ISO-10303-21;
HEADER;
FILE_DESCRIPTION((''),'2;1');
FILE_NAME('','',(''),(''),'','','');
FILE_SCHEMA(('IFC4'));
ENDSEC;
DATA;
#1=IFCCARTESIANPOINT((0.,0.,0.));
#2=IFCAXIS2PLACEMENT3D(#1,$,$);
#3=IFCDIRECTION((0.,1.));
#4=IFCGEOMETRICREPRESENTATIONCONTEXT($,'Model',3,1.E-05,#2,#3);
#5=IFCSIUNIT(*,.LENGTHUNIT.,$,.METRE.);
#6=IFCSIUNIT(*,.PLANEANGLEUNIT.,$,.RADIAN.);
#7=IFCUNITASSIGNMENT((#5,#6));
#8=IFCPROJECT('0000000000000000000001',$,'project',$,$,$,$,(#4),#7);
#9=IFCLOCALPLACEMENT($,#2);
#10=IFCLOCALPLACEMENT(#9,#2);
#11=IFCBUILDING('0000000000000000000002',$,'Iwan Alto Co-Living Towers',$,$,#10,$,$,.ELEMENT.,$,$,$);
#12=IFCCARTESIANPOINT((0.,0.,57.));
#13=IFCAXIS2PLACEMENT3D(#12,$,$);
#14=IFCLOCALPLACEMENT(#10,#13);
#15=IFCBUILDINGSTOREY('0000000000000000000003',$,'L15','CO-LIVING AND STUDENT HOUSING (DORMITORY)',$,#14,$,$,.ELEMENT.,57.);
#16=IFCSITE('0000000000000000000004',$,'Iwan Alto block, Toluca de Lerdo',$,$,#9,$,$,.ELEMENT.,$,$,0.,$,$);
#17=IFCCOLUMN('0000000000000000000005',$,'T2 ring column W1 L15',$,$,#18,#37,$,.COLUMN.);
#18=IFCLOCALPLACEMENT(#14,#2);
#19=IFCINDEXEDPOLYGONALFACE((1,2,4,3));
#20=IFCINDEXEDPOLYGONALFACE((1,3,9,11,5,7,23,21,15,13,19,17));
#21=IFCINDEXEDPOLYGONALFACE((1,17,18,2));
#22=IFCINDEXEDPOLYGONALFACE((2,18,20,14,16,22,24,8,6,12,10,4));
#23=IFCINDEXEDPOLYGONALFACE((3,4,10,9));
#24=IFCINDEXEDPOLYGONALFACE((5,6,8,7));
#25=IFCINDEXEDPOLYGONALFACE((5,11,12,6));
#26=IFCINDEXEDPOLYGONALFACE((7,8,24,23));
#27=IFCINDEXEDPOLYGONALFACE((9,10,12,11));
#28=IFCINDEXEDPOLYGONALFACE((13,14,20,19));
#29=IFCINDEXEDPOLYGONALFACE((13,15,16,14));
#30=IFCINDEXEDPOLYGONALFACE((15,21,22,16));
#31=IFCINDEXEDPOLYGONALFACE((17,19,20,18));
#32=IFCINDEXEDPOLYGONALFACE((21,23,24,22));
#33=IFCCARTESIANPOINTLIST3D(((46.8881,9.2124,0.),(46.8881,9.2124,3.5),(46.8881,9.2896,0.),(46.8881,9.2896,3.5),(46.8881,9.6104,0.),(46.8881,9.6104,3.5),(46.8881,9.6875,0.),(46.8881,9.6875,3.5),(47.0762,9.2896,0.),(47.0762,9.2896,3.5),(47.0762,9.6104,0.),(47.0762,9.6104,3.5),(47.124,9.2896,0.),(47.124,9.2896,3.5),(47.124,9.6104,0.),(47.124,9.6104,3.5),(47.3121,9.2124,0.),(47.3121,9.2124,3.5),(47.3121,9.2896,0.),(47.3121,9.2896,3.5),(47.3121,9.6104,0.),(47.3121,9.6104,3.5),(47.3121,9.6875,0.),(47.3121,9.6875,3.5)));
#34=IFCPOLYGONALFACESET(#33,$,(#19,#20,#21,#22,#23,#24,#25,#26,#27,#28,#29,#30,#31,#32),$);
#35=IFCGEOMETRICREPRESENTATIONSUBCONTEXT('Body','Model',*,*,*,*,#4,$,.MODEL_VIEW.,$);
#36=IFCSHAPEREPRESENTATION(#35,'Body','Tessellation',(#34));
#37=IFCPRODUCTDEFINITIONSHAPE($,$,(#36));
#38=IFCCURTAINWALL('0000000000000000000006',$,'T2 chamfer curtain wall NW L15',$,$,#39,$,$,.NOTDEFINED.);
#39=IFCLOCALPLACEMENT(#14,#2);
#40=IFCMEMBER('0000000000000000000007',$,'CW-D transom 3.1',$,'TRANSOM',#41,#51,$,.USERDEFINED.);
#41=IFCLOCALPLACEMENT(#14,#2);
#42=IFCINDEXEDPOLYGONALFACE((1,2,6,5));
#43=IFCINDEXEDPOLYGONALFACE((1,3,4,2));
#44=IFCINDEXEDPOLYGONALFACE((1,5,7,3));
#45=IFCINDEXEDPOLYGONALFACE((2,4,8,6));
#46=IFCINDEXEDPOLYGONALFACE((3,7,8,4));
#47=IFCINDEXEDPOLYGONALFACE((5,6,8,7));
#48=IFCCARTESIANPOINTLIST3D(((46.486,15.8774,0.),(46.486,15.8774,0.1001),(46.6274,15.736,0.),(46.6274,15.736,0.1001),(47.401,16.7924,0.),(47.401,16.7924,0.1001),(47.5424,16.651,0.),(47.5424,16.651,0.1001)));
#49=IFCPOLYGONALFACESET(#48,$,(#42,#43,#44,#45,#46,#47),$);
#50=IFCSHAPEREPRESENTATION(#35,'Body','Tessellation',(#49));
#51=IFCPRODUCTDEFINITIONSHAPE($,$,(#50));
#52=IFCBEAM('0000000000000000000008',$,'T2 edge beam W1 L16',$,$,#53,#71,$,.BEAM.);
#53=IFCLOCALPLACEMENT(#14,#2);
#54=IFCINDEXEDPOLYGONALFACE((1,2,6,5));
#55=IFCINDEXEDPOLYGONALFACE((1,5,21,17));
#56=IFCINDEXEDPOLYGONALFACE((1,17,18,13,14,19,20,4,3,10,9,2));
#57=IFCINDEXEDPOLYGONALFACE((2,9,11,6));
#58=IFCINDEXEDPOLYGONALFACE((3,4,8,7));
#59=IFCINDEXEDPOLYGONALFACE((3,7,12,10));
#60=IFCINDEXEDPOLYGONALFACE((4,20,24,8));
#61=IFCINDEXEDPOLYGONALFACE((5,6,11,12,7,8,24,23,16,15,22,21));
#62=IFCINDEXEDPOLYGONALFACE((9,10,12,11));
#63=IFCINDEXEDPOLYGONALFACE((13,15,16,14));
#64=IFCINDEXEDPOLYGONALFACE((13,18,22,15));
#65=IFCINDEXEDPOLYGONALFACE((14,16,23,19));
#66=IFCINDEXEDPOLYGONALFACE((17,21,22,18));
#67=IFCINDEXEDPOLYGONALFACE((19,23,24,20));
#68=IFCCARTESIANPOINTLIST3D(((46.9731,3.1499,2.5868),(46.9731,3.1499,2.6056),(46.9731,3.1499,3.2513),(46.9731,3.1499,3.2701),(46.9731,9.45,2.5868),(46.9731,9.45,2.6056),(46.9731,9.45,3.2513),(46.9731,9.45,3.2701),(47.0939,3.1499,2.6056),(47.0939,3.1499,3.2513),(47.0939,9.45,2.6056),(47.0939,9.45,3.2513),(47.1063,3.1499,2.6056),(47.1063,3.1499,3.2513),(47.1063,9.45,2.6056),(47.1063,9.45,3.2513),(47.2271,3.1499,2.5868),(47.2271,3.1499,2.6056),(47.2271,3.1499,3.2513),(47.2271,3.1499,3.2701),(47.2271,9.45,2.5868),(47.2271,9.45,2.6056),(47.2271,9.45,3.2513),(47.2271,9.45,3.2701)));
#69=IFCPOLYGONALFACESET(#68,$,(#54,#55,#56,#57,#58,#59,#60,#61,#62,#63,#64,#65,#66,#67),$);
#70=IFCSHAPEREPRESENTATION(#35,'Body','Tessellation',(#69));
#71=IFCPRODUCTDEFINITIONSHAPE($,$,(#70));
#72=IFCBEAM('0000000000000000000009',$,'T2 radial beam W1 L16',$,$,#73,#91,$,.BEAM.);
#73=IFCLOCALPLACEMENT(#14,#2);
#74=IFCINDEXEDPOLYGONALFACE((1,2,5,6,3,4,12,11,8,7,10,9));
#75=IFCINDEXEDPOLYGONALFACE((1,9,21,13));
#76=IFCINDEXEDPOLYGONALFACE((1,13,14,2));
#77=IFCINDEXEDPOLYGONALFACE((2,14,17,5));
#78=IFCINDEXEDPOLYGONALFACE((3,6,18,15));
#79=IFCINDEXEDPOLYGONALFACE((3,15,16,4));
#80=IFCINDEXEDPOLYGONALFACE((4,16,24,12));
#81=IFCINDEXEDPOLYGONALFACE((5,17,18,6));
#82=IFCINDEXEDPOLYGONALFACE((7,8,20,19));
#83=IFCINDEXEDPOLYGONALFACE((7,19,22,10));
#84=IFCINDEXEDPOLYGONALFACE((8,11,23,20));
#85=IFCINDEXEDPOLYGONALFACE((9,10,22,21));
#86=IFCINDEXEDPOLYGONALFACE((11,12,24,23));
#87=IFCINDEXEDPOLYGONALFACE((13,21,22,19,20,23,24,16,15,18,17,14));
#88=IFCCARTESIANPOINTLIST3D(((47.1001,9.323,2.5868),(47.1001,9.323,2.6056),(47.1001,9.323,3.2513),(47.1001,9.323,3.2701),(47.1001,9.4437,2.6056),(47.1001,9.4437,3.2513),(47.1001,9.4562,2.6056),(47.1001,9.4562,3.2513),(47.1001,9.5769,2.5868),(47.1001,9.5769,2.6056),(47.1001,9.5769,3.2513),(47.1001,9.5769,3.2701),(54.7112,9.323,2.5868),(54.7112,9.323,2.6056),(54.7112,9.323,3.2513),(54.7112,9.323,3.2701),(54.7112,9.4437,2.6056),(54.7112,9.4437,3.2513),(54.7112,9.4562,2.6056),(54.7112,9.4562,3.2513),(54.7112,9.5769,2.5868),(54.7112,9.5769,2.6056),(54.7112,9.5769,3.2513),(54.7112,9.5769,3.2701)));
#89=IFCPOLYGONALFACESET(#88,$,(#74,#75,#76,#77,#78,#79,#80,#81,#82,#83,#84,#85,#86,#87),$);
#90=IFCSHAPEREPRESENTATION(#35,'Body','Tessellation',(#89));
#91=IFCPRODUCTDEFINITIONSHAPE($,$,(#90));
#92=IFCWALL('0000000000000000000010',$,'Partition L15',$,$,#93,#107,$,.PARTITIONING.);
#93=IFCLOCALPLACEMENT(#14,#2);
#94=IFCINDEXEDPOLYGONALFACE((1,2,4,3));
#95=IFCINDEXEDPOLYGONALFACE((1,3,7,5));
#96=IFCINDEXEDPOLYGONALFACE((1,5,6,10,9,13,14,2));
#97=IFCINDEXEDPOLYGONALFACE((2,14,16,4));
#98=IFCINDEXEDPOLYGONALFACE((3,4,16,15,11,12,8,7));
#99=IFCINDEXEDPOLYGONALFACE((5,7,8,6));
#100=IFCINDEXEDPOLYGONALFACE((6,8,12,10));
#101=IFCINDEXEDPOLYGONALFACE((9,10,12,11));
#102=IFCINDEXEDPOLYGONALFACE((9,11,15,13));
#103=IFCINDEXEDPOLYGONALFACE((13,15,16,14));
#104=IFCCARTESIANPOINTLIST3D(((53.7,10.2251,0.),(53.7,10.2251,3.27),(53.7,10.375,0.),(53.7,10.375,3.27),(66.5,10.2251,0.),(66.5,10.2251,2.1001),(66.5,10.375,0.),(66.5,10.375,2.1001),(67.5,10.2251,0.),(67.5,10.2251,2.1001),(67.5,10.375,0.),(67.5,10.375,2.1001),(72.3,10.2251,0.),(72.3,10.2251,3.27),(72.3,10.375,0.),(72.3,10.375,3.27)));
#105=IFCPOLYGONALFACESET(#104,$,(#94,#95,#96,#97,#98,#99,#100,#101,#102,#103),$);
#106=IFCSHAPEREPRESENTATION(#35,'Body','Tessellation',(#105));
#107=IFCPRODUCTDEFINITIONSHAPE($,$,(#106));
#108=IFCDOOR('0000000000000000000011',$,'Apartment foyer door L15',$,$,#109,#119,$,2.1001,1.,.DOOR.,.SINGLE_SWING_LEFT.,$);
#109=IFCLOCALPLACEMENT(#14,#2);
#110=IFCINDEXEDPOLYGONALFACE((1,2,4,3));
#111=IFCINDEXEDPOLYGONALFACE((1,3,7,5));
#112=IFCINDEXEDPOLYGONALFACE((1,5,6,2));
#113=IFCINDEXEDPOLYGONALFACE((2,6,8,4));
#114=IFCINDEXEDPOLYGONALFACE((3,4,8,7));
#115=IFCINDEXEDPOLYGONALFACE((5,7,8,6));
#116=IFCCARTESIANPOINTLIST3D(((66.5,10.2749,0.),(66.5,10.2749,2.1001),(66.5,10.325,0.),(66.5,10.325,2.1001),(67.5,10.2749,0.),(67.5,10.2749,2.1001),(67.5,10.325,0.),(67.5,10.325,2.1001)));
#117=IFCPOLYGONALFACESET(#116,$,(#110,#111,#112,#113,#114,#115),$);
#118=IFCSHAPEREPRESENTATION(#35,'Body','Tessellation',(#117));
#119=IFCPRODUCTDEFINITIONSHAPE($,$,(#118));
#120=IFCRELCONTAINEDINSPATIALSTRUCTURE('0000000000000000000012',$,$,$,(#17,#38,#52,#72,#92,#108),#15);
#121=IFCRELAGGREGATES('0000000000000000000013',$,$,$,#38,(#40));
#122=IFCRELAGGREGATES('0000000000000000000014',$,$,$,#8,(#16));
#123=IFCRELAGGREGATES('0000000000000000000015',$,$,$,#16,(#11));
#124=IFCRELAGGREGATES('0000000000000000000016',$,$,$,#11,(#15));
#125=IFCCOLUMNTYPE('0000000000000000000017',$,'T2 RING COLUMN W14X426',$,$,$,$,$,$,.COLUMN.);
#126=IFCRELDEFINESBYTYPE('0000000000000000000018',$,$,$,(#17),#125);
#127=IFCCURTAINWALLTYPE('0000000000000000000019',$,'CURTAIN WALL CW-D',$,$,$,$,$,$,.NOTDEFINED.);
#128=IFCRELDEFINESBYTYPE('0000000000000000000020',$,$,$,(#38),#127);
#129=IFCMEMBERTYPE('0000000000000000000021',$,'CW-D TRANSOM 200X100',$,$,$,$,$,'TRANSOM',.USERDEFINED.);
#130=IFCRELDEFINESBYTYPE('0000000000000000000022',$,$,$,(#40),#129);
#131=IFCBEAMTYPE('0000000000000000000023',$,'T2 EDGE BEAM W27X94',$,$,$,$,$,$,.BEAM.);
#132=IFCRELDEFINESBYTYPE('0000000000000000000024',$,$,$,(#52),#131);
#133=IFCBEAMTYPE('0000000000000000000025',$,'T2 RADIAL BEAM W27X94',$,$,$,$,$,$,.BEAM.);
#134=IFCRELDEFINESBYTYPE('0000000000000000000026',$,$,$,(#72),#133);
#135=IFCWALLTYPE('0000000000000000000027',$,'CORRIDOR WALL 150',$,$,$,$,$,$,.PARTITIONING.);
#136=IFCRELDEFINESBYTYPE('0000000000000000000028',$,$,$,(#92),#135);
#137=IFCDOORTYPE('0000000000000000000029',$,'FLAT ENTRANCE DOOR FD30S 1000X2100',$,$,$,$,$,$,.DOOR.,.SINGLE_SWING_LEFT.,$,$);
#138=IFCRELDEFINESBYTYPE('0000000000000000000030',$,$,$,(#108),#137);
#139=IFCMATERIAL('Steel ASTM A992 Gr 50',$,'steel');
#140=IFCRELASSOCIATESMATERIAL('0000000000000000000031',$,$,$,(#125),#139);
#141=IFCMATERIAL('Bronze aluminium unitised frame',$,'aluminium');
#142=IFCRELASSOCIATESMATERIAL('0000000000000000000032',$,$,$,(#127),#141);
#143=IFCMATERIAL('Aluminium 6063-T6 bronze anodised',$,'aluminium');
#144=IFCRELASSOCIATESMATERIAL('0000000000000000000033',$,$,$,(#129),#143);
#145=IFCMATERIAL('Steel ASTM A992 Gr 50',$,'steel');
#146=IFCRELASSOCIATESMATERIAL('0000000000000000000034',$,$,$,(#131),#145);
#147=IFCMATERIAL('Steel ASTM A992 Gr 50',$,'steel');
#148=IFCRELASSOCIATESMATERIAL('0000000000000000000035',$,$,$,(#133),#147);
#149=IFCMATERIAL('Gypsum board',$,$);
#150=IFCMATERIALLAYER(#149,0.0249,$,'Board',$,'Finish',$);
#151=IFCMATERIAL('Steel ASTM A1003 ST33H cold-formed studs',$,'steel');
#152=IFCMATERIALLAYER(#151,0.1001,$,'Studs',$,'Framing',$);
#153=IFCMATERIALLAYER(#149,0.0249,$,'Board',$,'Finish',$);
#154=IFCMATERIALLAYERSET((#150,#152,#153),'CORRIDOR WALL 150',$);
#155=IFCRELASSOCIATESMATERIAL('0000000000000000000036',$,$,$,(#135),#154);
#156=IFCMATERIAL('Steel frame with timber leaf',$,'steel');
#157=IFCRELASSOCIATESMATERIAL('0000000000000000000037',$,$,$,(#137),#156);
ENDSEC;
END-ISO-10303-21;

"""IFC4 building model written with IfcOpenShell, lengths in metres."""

from ifc_helpers import new_model, si_unit, direction, frame, frame_2d, origin, origin_2d, place, context, subcontext, project, spatial, rectangle, i_section, extrude, material, layer, layer_set, material_profile, profile_set, type_object, element, fill, aggregate, save


model = new_model("IFC4")

# Units and contexts
model_context = context("Model", 3, precision=1e-05, world=origin(), true_north=direction((0.0, 1.0)))
body_context = subcontext(model_context, "Body", "Model", "MODEL_VIEW")
ifc_project = project(units=[si_unit("LENGTHUNIT", "METRE"), si_unit("PLANEANGLEUNIT", "RADIAN")], contexts=[model_context])

# Site, building, storey
site_placement = place(None, origin())
site = spatial("IfcSite", under=ifc_project, at=site_placement, Name="Iwan Alto block, Toluca de Lerdo", CompositionType="ELEMENT", RefElevation=0.0)
building_placement = place(site_placement, origin())
building = spatial("IfcBuilding", under=site, at=building_placement, Name="Iwan Alto Co-Living Towers", CompositionType="ELEMENT")
storey_placement = place(building_placement, frame((0.0, 0.0, 57.0)))
storey = spatial("IfcBuildingStorey", under=building, at=storey_placement, Name="L15", Description="CO-LIVING AND STUDENT HOUSING (DORMITORY)", CompositionType="ELEMENT", Elevation=57.0)

# Column
ifc_material_1 = material(Name="Steel ASTM A992 Gr 50", Category="steel")
ifc_material_profile_1 = material_profile(ifc_material_1, i_section(OverallWidth=0.4241, OverallDepth=0.4751, WebThickness=0.0479, FlangeThickness=0.0771, at=origin_2d()), Name="W14X426")
ifc_profile_set_1 = profile_set([ifc_material_profile_1], Name="Steel ASTM A992 Gr 50")
column_type = type_object("IfcColumnType", Name="T2 RING COLUMN W14X426", PredefinedType="COLUMN", material=ifc_profile_set_1)
column_placement = place(storey_placement, frame((47.1001, 9.45, 0.0), z_axis=(0.0, 0.0, 1.0), x_axis=(1.0, 0.0, 0.0)))
element("IfcColumn", 1, at=column_placement, inside=storey, type_object=column_type, Name="T2 ring column W1 L15", PredefinedType="COLUMN", context=body_context, shape_type="SweptSolid", body=[
    extrude(i_section(OverallWidth=0.4241, OverallDepth=0.4751, WebThickness=0.0479, FlangeThickness=0.0771, at=origin_2d()), origin(), (0.0, 0.0, 1.0), 3.5),
])

# Curtain wall, member
ifc_material_2 = material(Name="Bronze aluminium unitised frame", Category="aluminium")
curtain_wall_type = type_object("IfcCurtainWallType", Name="CURTAIN WALL CW-D", PredefinedType="NOTDEFINED", material=ifc_material_2)
curtain_wall_placement = place(storey_placement, origin())
curtain_wall = element("IfcCurtainWall", 2, at=curtain_wall_placement, inside=storey, type_object=curtain_wall_type, Name="T2 chamfer curtain wall NW L15", PredefinedType="NOTDEFINED")
ifc_material_3 = material(Name="Aluminium 6063-T6 bronze anodised", Category="aluminium")
ifc_material_profile_2 = material_profile(ifc_material_3, rectangle(XDim=0.2, YDim=0.1001, at=origin_2d()), Name="AL 200X100")
ifc_profile_set_2 = profile_set([ifc_material_profile_2], Name="Aluminium 6063-T6 bronze anodised")
member_type = type_object("IfcMemberType", Name="CW-D TRANSOM 200X100", ElementType="TRANSOM", PredefinedType="USERDEFINED", material=ifc_profile_set_2)
member_placement = place(storey_placement, frame((47.4717, 16.7217, 0.05), z_axis=(-0.707107, -0.707107, 0.0), x_axis=(0.707107, -0.707107, 0.0)))
member = element("IfcMember", 3, at=member_placement, type_object=member_type, Name="CW-D transom 3.1", ObjectType="TRANSOM", PredefinedType="USERDEFINED", context=body_context, shape_type="SweptSolid", body=[
    extrude(rectangle(XDim=0.2, YDim=0.1001, at=origin_2d()), origin(), (0.0, 0.0, 1.0), 1.2939),
])
aggregate(curtain_wall, [member])

# Beams
ifc_material_4 = material(Name="Steel ASTM A992 Gr 50", Category="steel")
ifc_material_profile_3 = material_profile(ifc_material_4, i_section(OverallWidth=0.2539, OverallDepth=0.6833, WebThickness=0.0125, FlangeThickness=0.0188, at=origin_2d()), Name="W27X94")
ifc_profile_set_3 = profile_set([ifc_material_profile_3], Name="Steel ASTM A992 Gr 50")
beam_type_1 = type_object("IfcBeamType", Name="T2 EDGE BEAM W27X94", PredefinedType="BEAM", material=ifc_profile_set_3)
beam_1_placement = place(storey_placement, frame((47.1001, 9.45, 2.9285), z_axis=(0.0, -1.0, 0.0), x_axis=(1.0, 0.0, 0.0)))
element("IfcBeam", 4, at=beam_1_placement, inside=storey, type_object=beam_type_1, Name="T2 edge beam W1 L16", PredefinedType="BEAM", context=body_context, shape_type="SweptSolid", body=[
    extrude(i_section(OverallWidth=0.2539, OverallDepth=0.6833, WebThickness=0.0125, FlangeThickness=0.0188, at=origin_2d()), origin(), (0.0, 0.0, 1.0), 6.3),
])
ifc_material_5 = material(Name="Steel ASTM A992 Gr 50", Category="steel")
ifc_material_profile_4 = material_profile(ifc_material_5, i_section(OverallWidth=0.2539, OverallDepth=0.6833, WebThickness=0.0125, FlangeThickness=0.0188, at=origin_2d()), Name="W27X94")
ifc_profile_set_4 = profile_set([ifc_material_profile_4], Name="Steel ASTM A992 Gr 50")
beam_type_2 = type_object("IfcBeamType", Name="T2 RADIAL BEAM W27X94", PredefinedType="BEAM", material=ifc_profile_set_4)
beam_2_placement = place(storey_placement, frame((47.1001, 9.45, 2.9285), z_axis=(1.0, 0.0, 0.0), x_axis=(0.0, 1.0, 0.0)))
element("IfcBeam", 5, at=beam_2_placement, inside=storey, type_object=beam_type_2, Name="T2 radial beam W1 L16", PredefinedType="BEAM", context=body_context, shape_type="SweptSolid", body=[
    extrude(i_section(OverallWidth=0.2539, OverallDepth=0.6833, WebThickness=0.0125, FlangeThickness=0.0188, at=origin_2d()), origin(), (0.0, 0.0, 1.0), 7.6111),
])

# Wall, opening, door
ifc_material_6 = material(Name="Gypsum board")
ifc_layer_1 = layer(ifc_material_6, 0.0249, Name="Board", Category="Finish")
ifc_material_7 = material(Name="Steel ASTM A1003 ST33H cold-formed studs", Category="steel")
ifc_layer_2 = layer(ifc_material_7, 0.1001, Name="Studs", Category="Framing")
ifc_layer_3 = layer(ifc_material_6, 0.0249, Name="Board", Category="Finish")
ifc_layer_set_1 = layer_set([ifc_layer_1, ifc_layer_2, ifc_layer_3], Name="CORRIDOR WALL 150")
wall_type_1 = type_object("IfcWallType", Name="CORRIDOR WALL 150", PredefinedType="PARTITIONING", material=ifc_layer_set_1)
wall_1_placement = place(storey_placement, frame((53.7, 10.3, 0.0), z_axis=(0.0, 0.0, 1.0), x_axis=(1.0, 0.0, 0.0)))
wall_1 = element("IfcWall", 6, at=wall_1_placement, inside=storey, type_object=wall_type_1, Name="Partition L15", PredefinedType="PARTITIONING", context=body_context, shape_type="SweptSolid", body=[
    extrude(rectangle(XDim=18.6001, YDim=0.1499, at=frame_2d((9.3, 0.0))), origin(), (0.0, 0.0, 1.0), 3.27),
])
opening_1_placement = place(wall_1_placement, frame((12.8, 0.0, 0.0)))
opening_1 = element("IfcOpeningElement", 7, at=opening_1_placement, cuts=wall_1, PredefinedType="OPENING", context=body_context, shape_type="SweptSolid", body=[
    extrude(rectangle(XDim=1.0, YDim=2.1001, at=frame_2d((0.5, 1.05))), frame((0.0, 0.085, 0.0), z_axis=(0.0, -1.0, 0.0), x_axis=(1.0, 0.0, 0.0)), (0.0, 0.0, 1.0), 0.1699),
])
ifc_material_8 = material(Name="Steel frame with timber leaf", Category="steel")
door_type_1 = type_object("IfcDoorType", Name="FLAT ENTRANCE DOOR FD30S 1000X2100", OperationType="SINGLE_SWING_LEFT", PredefinedType="DOOR", material=ifc_material_8)
door_1_placement = place(opening_1_placement, origin())
door_1 = element("IfcDoor", 8, at=door_1_placement, inside=storey, type_object=door_type_1, Name="Apartment foyer door L15", OperationType="SINGLE_SWING_LEFT", OverallHeight=2.1001, OverallWidth=1.0, PredefinedType="DOOR", context=body_context, shape_type="SweptSolid", body=[
    extrude(rectangle(XDim=1.0, YDim=2.1001, at=frame_2d((0.5, 1.05))), frame((0.0, 0.0249, 0.0), z_axis=(0.0, -1.0, 0.0), x_axis=(1.0, 0.0, 0.0)), (0.0, 0.0, 1.0), 0.05),
])
fill(opening_1, door_1)

save(model, "model.ifc")
